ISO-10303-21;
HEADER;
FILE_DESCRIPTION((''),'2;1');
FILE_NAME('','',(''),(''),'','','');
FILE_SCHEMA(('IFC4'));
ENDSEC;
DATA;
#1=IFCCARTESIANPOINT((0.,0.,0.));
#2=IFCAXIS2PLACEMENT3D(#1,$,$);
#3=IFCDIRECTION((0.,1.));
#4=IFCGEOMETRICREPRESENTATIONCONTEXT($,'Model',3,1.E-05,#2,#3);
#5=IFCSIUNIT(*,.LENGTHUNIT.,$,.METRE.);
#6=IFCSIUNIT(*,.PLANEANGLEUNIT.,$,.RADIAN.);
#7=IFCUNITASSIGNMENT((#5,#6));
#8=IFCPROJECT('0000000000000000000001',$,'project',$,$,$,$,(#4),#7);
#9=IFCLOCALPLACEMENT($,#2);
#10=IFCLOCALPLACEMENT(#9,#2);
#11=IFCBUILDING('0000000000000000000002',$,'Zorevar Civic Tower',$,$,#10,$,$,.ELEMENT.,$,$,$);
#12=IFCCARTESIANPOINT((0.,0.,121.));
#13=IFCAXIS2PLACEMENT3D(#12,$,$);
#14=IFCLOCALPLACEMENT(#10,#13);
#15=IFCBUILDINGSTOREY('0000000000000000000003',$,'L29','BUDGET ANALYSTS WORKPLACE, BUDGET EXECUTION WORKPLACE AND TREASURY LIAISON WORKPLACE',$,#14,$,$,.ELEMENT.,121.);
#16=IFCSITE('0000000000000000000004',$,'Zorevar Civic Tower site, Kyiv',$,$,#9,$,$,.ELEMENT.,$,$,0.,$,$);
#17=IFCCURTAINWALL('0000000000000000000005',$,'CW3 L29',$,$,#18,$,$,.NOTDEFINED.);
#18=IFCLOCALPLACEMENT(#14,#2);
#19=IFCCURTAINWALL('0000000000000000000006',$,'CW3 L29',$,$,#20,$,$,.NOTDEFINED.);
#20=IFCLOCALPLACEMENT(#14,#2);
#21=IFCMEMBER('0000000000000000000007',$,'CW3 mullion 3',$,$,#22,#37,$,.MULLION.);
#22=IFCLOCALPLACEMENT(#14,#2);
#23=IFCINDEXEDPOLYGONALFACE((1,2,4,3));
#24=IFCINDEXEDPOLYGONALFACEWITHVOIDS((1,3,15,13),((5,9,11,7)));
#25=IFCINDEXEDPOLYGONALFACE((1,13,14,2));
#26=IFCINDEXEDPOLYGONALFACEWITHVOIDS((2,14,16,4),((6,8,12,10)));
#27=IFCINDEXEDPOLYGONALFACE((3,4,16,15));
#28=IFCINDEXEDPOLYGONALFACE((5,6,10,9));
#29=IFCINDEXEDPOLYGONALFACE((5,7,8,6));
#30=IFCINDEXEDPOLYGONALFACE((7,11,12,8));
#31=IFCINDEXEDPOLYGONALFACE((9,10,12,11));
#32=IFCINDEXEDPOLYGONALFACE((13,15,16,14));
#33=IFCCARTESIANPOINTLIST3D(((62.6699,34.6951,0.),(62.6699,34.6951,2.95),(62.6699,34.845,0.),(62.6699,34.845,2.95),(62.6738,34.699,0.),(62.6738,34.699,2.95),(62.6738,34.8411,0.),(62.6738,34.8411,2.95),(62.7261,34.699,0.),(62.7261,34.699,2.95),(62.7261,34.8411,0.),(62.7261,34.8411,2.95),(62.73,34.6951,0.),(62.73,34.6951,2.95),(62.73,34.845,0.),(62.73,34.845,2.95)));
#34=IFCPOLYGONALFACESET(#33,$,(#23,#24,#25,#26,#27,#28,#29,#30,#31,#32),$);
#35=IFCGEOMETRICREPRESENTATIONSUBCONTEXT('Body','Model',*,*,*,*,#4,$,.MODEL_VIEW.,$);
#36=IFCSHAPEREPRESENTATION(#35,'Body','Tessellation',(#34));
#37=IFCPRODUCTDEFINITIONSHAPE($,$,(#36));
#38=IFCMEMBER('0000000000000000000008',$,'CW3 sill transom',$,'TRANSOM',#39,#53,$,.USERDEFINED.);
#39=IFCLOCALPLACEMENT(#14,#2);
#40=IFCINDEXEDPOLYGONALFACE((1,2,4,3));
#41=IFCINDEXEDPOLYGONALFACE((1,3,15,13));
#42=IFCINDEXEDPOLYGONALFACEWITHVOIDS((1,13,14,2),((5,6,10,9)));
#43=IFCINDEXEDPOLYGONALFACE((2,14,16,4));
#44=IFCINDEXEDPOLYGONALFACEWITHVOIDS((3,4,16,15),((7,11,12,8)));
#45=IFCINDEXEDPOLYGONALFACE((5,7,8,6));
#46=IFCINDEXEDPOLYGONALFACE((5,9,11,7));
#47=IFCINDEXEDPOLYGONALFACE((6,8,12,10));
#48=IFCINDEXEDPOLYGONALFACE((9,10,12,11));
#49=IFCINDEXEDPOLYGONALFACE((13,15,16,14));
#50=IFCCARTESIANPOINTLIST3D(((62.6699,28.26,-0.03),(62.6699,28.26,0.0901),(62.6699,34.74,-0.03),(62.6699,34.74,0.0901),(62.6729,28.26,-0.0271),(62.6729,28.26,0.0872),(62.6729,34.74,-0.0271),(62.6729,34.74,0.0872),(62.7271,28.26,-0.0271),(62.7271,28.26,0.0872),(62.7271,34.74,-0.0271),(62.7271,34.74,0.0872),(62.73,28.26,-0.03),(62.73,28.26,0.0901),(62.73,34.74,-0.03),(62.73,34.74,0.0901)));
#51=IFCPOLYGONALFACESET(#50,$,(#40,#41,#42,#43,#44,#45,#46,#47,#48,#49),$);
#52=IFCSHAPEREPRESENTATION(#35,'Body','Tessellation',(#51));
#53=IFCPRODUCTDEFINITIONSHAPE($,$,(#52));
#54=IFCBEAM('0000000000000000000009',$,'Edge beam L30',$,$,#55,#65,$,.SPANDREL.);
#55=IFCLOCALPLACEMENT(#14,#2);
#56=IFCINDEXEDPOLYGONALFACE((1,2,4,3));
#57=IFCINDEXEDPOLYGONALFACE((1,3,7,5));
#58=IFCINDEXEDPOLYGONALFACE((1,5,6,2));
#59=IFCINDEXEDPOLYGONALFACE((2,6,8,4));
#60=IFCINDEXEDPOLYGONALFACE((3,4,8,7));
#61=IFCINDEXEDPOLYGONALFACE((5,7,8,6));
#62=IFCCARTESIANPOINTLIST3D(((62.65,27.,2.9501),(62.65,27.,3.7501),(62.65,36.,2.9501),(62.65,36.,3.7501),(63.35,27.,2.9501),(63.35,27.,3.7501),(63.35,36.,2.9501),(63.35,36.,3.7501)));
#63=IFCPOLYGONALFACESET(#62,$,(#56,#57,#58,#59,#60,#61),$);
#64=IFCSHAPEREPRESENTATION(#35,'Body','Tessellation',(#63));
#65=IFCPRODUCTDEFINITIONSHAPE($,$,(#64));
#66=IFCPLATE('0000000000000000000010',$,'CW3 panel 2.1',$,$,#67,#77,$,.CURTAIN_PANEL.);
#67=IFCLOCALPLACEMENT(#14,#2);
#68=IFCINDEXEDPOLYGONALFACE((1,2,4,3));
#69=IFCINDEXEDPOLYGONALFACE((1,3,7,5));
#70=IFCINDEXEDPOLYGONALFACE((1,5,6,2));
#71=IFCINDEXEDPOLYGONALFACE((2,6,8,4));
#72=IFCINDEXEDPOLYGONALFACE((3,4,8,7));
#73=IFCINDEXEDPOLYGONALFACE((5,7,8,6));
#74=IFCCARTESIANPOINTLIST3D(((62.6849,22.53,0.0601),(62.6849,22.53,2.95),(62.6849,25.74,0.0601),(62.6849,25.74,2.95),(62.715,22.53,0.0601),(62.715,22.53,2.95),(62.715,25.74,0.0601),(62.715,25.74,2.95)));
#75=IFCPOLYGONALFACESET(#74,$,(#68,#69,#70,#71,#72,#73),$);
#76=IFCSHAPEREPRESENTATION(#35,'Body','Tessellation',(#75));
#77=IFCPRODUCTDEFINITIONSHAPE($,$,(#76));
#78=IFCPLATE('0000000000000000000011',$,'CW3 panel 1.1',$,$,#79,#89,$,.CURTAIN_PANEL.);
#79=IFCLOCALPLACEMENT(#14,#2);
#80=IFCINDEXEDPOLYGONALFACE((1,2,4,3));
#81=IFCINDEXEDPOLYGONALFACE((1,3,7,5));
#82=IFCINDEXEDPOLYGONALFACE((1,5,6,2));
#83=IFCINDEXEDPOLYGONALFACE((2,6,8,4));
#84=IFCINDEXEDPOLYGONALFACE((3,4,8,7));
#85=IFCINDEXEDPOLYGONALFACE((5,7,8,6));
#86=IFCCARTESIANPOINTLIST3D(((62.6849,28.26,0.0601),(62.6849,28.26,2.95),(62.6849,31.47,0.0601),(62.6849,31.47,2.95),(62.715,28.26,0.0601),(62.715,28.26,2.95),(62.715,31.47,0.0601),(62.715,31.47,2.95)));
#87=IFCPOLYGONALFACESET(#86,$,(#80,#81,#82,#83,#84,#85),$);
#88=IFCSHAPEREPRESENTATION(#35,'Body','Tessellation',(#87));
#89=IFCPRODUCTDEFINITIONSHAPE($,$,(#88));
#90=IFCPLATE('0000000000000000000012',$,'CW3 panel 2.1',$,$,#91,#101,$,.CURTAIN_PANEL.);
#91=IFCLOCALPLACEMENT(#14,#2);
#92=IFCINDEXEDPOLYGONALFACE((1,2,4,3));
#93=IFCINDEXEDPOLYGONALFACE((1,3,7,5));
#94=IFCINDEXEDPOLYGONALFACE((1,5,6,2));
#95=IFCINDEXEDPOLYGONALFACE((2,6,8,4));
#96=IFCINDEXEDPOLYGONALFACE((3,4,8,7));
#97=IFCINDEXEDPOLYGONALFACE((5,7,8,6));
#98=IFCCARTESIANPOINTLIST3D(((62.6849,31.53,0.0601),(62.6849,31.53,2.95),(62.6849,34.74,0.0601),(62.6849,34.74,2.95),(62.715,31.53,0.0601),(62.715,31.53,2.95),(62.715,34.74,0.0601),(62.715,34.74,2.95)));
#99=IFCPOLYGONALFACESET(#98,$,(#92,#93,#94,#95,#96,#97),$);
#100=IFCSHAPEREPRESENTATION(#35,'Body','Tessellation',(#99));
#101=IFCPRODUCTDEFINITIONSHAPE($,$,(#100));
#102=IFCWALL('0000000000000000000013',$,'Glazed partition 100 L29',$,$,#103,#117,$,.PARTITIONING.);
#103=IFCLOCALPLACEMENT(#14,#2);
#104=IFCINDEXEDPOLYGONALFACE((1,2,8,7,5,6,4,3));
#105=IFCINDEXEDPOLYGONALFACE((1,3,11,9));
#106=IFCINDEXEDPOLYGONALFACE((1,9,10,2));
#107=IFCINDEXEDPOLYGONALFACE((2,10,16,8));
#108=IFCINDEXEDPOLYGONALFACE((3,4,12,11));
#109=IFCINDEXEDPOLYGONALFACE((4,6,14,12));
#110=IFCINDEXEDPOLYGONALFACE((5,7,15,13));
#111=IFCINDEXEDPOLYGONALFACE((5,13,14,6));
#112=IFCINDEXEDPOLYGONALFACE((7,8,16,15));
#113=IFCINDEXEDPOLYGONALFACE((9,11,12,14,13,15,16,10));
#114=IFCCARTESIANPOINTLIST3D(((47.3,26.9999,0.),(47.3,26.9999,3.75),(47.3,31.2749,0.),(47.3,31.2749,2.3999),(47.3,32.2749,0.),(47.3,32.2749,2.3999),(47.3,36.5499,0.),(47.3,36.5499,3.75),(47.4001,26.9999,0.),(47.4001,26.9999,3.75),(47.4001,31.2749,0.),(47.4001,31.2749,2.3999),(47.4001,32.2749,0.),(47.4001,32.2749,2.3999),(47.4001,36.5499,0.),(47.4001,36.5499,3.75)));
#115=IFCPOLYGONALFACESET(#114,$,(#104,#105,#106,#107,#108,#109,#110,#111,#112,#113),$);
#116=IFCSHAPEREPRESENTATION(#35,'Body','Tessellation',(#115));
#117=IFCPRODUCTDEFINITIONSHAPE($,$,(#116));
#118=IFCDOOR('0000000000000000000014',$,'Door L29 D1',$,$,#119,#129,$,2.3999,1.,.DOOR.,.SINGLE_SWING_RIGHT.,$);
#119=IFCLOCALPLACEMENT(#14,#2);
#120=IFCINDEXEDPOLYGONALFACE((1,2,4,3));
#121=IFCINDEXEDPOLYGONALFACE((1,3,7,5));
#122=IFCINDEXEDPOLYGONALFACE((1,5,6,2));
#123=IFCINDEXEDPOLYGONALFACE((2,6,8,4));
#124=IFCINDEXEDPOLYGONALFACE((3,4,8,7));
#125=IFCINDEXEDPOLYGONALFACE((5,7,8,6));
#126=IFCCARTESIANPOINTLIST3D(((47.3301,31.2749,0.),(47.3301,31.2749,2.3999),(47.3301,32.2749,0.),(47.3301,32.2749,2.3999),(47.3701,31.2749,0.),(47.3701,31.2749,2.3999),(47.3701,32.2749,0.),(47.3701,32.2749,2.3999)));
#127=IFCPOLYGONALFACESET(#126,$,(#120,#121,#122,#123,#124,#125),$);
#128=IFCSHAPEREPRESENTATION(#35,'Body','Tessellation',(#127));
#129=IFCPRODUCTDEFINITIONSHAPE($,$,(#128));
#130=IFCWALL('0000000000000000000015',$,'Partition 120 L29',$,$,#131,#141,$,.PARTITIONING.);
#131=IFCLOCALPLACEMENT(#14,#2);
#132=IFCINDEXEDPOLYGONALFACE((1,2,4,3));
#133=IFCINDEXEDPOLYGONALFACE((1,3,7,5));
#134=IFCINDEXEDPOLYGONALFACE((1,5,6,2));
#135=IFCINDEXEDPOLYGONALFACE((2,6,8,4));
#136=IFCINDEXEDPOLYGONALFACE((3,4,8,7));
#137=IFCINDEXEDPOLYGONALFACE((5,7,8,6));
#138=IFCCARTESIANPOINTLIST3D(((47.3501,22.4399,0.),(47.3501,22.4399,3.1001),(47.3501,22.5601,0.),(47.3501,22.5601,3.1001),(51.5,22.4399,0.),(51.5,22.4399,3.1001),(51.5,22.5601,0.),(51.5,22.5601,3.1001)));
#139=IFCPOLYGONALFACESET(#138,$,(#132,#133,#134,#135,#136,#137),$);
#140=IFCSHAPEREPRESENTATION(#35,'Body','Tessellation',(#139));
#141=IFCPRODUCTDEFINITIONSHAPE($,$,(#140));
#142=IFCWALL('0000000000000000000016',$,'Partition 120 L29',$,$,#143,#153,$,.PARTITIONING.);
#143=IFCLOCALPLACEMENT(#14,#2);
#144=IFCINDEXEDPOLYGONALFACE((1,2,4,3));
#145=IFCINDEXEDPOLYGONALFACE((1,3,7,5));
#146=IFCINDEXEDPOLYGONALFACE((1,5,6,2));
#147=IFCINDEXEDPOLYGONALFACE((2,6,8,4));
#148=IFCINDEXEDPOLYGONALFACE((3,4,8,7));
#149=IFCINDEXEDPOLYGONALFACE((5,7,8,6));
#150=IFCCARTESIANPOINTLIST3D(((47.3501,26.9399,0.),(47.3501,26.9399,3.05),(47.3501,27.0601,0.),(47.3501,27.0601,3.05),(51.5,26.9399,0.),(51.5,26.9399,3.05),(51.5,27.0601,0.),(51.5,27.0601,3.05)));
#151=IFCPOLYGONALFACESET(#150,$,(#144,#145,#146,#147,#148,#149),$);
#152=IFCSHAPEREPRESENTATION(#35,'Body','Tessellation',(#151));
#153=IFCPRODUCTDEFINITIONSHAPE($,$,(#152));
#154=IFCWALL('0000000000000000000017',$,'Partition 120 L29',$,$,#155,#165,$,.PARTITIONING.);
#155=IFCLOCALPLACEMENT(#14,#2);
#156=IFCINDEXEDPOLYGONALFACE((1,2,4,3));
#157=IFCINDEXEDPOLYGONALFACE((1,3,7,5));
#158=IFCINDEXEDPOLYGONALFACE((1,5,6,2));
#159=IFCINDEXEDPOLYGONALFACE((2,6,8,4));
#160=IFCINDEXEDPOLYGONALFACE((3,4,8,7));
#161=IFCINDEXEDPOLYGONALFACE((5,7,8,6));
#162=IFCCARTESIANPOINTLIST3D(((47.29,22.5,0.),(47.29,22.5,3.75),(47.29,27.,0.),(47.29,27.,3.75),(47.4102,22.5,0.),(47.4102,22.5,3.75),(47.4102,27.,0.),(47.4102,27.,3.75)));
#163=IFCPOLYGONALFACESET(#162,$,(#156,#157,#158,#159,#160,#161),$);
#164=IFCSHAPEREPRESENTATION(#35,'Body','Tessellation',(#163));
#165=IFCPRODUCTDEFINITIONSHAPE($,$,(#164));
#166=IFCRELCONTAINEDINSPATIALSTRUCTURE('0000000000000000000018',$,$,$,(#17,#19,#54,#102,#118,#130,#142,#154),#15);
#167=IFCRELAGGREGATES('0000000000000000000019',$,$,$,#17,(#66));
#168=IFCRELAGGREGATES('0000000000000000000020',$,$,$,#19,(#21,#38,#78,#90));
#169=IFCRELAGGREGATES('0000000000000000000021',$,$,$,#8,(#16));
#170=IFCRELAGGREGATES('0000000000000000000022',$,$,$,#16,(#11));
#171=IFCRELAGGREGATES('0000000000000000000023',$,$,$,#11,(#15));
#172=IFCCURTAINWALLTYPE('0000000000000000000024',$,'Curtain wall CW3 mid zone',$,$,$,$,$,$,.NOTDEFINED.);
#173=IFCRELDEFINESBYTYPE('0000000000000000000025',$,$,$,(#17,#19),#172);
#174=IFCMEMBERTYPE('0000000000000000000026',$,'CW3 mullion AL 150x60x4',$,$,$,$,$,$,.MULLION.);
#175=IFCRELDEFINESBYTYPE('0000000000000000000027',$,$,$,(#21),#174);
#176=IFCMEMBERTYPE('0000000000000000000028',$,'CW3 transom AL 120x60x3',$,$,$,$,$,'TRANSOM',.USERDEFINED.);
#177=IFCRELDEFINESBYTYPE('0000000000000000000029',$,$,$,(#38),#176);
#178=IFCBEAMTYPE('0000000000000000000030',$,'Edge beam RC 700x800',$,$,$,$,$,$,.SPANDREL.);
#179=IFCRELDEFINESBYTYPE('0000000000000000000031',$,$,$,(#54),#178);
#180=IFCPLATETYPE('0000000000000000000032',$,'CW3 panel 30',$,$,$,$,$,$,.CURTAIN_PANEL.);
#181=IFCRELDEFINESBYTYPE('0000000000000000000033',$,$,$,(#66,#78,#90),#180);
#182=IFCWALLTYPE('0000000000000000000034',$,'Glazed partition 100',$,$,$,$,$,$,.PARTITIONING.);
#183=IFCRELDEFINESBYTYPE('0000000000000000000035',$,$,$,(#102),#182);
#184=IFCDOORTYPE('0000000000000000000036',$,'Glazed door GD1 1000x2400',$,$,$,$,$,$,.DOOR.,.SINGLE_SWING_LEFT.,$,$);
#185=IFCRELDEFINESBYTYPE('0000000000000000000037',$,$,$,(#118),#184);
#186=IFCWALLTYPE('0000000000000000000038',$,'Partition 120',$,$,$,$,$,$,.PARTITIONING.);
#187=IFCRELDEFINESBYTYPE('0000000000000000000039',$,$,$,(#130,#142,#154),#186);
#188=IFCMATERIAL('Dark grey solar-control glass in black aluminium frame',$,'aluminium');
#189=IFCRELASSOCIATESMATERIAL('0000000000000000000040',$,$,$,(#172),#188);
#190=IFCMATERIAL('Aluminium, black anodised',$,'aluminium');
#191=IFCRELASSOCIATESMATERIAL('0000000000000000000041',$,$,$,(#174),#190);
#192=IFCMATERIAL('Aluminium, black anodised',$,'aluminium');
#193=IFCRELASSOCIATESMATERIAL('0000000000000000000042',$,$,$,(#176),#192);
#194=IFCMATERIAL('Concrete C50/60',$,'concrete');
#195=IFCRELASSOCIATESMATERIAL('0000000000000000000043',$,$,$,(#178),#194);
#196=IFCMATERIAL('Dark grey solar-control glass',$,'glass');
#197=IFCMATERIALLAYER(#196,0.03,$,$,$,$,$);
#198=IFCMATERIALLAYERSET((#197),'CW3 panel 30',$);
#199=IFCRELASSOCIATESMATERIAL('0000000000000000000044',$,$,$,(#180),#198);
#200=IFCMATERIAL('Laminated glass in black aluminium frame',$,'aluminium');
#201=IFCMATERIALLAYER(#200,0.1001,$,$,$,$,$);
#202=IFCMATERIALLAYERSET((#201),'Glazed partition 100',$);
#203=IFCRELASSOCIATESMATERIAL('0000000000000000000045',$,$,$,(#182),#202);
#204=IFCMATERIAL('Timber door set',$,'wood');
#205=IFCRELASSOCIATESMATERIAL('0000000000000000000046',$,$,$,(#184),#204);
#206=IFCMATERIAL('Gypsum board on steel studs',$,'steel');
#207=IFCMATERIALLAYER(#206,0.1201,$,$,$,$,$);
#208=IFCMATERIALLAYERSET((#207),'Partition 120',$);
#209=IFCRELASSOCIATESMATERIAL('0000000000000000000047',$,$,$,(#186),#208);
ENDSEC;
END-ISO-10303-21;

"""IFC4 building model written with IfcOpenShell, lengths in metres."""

from ifc_helpers import new_model, si_unit, direction, frame, frame_2d, origin, origin_2d, place, context, subcontext, project, spatial, rectangle, hollow_rectangle, extrude, material, layer, layer_set, material_profile, profile_set, type_object, element, fill, aggregate, save


model = new_model("IFC4")

# Units and contexts
model_context = context("Model", 3, precision=1e-05, world=origin(), true_north=direction((0.0, 1.0)))
body_context = subcontext(model_context, "Body", "Model", "MODEL_VIEW")
ifc_project = project(units=[si_unit("LENGTHUNIT", "METRE"), si_unit("PLANEANGLEUNIT", "RADIAN")], contexts=[model_context])

# Site, building, storey
site_placement = place(None, origin())
site = spatial("IfcSite", under=ifc_project, at=site_placement, Name="Zorevar Civic Tower site, Kyiv", CompositionType="ELEMENT", RefElevation=0.0)
building_placement = place(site_placement, origin())
building = spatial("IfcBuilding", under=site, at=building_placement, Name="Zorevar Civic Tower", CompositionType="ELEMENT")
storey_placement = place(building_placement, frame((0.0, 0.0, 121.0)))
storey = spatial("IfcBuildingStorey", under=building, at=storey_placement, Name="L29", Description="BUDGET ANALYSTS WORKPLACE, BUDGET EXECUTION WORKPLACE AND TREASURY LIAISON WORKPLACE", CompositionType="ELEMENT", Elevation=121.0)

# Curtain walls, members
ifc_material_1 = material(Name="Dark grey solar-control glass in black aluminium frame", Category="aluminium")
curtain_wall_type = type_object("IfcCurtainWallType", Name="Curtain wall CW3 mid zone", PredefinedType="NOTDEFINED", material=ifc_material_1)
curtain_wall_1_placement = place(storey_placement, origin())
curtain_wall_1 = element("IfcCurtainWall", 1, at=curtain_wall_1_placement, inside=storey, type_object=curtain_wall_type, Name="CW3 L29", PredefinedType="NOTDEFINED")
ifc_material_2 = material(Name="Aluminium, black anodised", Category="aluminium")
ifc_material_profile_1 = material_profile(ifc_material_2, hollow_rectangle(XDim=0.0601, YDim=0.1499, WallThickness=0.0039, at=origin_2d()), Name="AL 150x60x4")
ifc_profile_set_1 = profile_set([ifc_material_profile_1], Name="Aluminium, black anodised")
member_type_1 = type_object("IfcMemberType", Name="CW3 mullion AL 150x60x4", PredefinedType="MULLION", material=ifc_profile_set_1)
curtain_wall_2_placement = place(storey_placement, origin())
curtain_wall_2 = element("IfcCurtainWall", 2, at=curtain_wall_2_placement, inside=storey, type_object=curtain_wall_type, Name="CW3 L29", PredefinedType="NOTDEFINED")
member_1_placement = place(storey_placement, frame((62.7, 34.77, 0.0), z_axis=(0.0, 0.0, 1.0), x_axis=(-1.0, 0.0, 0.0)))
member_1 = element("IfcMember", 3, at=member_1_placement, type_object=member_type_1, Name="CW3 mullion 3", PredefinedType="MULLION", context=body_context, shape_type="SweptSolid", body=[
    extrude(hollow_rectangle(XDim=0.0601, YDim=0.1499, WallThickness=0.0039, at=origin_2d()), origin(), (0.0, 0.0, 1.0), 2.95),
])
ifc_material_3 = material(Name="Aluminium, black anodised", Category="aluminium")
ifc_material_profile_2 = material_profile(ifc_material_3, hollow_rectangle(XDim=0.0601, YDim=0.1201, WallThickness=0.0029, at=origin_2d()), Name="AL 120x60x3")
ifc_profile_set_2 = profile_set([ifc_material_profile_2], Name="Aluminium, black anodised")
member_type_2 = type_object("IfcMemberType", Name="CW3 transom AL 120x60x3", ElementType="TRANSOM", PredefinedType="USERDEFINED", material=ifc_profile_set_2)
member_2_placement = place(storey_placement, frame((62.7, 28.26, 0.03), z_axis=(0.0, 1.0, 0.0), x_axis=(-1.0, 0.0, 0.0)))
member_2 = element("IfcMember", 4, at=member_2_placement, type_object=member_type_2, Name="CW3 sill transom", ObjectType="TRANSOM", PredefinedType="USERDEFINED", context=body_context, shape_type="SweptSolid", body=[
    extrude(hollow_rectangle(XDim=0.0601, YDim=0.1201, WallThickness=0.0029, at=origin_2d()), origin(), (0.0, 0.0, 1.0), 6.48),
])

# Beam
ifc_material_4 = material(Name="Concrete C50/60", Category="concrete")
ifc_material_profile_3 = material_profile(ifc_material_4, rectangle(XDim=0.7, YDim=0.8, at=origin_2d()), Name="RC 700x800")
ifc_profile_set_3 = profile_set([ifc_material_profile_3], Name="Concrete C50/60")
beam_type_1 = type_object("IfcBeamType", Name="Edge beam RC 700x800", PredefinedType="SPANDREL", material=ifc_profile_set_3)
beam_1_placement = place(storey_placement, frame((63.0, 27.0, 3.3501), z_axis=(0.0, 1.0, 0.0), x_axis=(-1.0, 0.0, 0.0)))
element("IfcBeam", 5, at=beam_1_placement, inside=storey, type_object=beam_type_1, Name="Edge beam L30", PredefinedType="SPANDREL", context=body_context, shape_type="SweptSolid", body=[
    extrude(rectangle(XDim=0.7, YDim=0.8, at=origin_2d()), origin(), (0.0, 0.0, 1.0), 9.0),
])

# Plates
ifc_material_5 = material(Name="Dark grey solar-control glass", Category="glass")
ifc_layer_1 = layer(ifc_material_5, 0.03)
ifc_layer_set_1 = layer_set([ifc_layer_1], Name="CW3 panel 30")
plate_type = type_object("IfcPlateType", Name="CW3 panel 30", PredefinedType="CURTAIN_PANEL", material=ifc_layer_set_1)
plate_1_placement = place(storey_placement, frame((62.7, 24.135, 0.0601), z_axis=(0.0, 0.0, 1.0), x_axis=(0.0, 1.0, 0.0)))
plate_1 = element("IfcPlate", 6, at=plate_1_placement, type_object=plate_type, Name="CW3 panel 2.1", PredefinedType="CURTAIN_PANEL", context=body_context, shape_type="SweptSolid", body=[
    extrude(rectangle(XDim=3.21, YDim=0.03, at=origin_2d()), origin(), (0.0, 0.0, 1.0), 2.8899),
])
aggregate(curtain_wall_1, [plate_1])
plate_2_placement = place(storey_placement, frame((62.7, 29.865, 0.0601), z_axis=(0.0, 0.0, 1.0), x_axis=(0.0, 1.0, 0.0)))
plate_2 = element("IfcPlate", 7, at=plate_2_placement, type_object=plate_type, Name="CW3 panel 1.1", PredefinedType="CURTAIN_PANEL", context=body_context, shape_type="SweptSolid", body=[
    extrude(rectangle(XDim=3.21, YDim=0.03, at=origin_2d()), origin(), (0.0, 0.0, 1.0), 2.8899),
])
plate_3_placement = place(storey_placement, frame((62.7, 33.135, 0.0601), z_axis=(0.0, 0.0, 1.0), x_axis=(0.0, 1.0, 0.0)))
plate_3 = element("IfcPlate", 8, at=plate_3_placement, type_object=plate_type, Name="CW3 panel 2.1", PredefinedType="CURTAIN_PANEL", context=body_context, shape_type="SweptSolid", body=[
    extrude(rectangle(XDim=3.21, YDim=0.03, at=origin_2d()), origin(), (0.0, 0.0, 1.0), 2.8899),
])
aggregate(curtain_wall_2, [member_1, member_2, plate_2, plate_3])

# Wall, opening, door
ifc_material_6 = material(Name="Laminated glass in black aluminium frame", Category="aluminium")
ifc_layer_2 = layer(ifc_material_6, 0.1001)
ifc_layer_set_2 = layer_set([ifc_layer_2], Name="Glazed partition 100")
wall_type_1 = type_object("IfcWallType", Name="Glazed partition 100", PredefinedType="PARTITIONING", material=ifc_layer_set_2)
wall_1_placement = place(storey_placement, frame((47.3501, 27.0, 0.0), z_axis=(0.0, 0.0, 1.0), x_axis=(0.0, 1.0, 0.0)))
wall_1 = element("IfcWall", 9, at=wall_1_placement, inside=storey, type_object=wall_type_1, Name="Glazed partition 100 L29", PredefinedType="PARTITIONING", context=body_context, shape_type="SweptSolid", body=[
    extrude(rectangle(XDim=9.55, YDim=0.1001, at=frame_2d((4.7749, 0.0))), origin(), (0.0, 0.0, 1.0), 3.75),
])
opening_1_placement = place(wall_1_placement, frame((4.2749, 0.0, 0.0)))
opening_1 = element("IfcOpeningElement", 10, at=opening_1_placement, cuts=wall_1, PredefinedType="OPENING", context=body_context, shape_type="SweptSolid", body=[
    extrude(rectangle(XDim=1.0, YDim=2.3999, at=frame_2d((0.5, 1.2))), frame((0.0, 0.0601, 0.0), z_axis=(0.0, -1.0, 0.0), x_axis=(1.0, 0.0, 0.0)), (0.0, 0.0, 1.0), 0.1201),
])
ifc_material_7 = material(Name="Timber door set", Category="wood")
door_type_1 = type_object("IfcDoorType", Name="Glazed door GD1 1000x2400", OperationType="SINGLE_SWING_LEFT", PredefinedType="DOOR", material=ifc_material_7)
door_1_placement = place(opening_1_placement, origin())
door_1 = element("IfcDoor", 11, at=door_1_placement, inside=storey, type_object=door_type_1, Name="Door L29 D1", OperationType="SINGLE_SWING_RIGHT", OverallHeight=2.3999, OverallWidth=1.0, PredefinedType="DOOR", context=body_context, shape_type="SweptSolid", body=[
    extrude(rectangle(XDim=1.0, YDim=2.3999, at=frame_2d((0.5, 1.2))), frame((0.0, 0.02, 0.0), z_axis=(0.0, -1.0, 0.0), x_axis=(1.0, 0.0, 0.0)), (0.0, 0.0, 1.0), 0.04),
])
fill(opening_1, door_1)

# Walls
ifc_material_8 = material(Name="Gypsum board on steel studs", Category="steel")
ifc_layer_3 = layer(ifc_material_8, 0.1201)
ifc_layer_set_3 = layer_set([ifc_layer_3], Name="Partition 120")
wall_type_2 = type_object("IfcWallType", Name="Partition 120", PredefinedType="PARTITIONING", material=ifc_layer_set_3)
wall_2_placement = place(storey_placement, frame((47.3501, 22.5, 0.0), z_axis=(0.0, 0.0, 1.0), x_axis=(1.0, 0.0, 0.0)))
element("IfcWall", 12, at=wall_2_placement, inside=storey, type_object=wall_type_2, Name="Partition 120 L29", PredefinedType="PARTITIONING", context=body_context, shape_type="SweptSolid", body=[
    extrude(rectangle(XDim=4.1499, YDim=0.1201, at=frame_2d((2.075, 0.0))), origin(), (0.0, 0.0, 1.0), 3.1001),
])
wall_3_placement = place(storey_placement, frame((47.3501, 27.0, 0.0), z_axis=(0.0, 0.0, 1.0), x_axis=(1.0, 0.0, 0.0)))
element("IfcWall", 13, at=wall_3_placement, inside=storey, type_object=wall_type_2, Name="Partition 120 L29", PredefinedType="PARTITIONING", context=body_context, shape_type="SweptSolid", body=[
    extrude(rectangle(XDim=4.1499, YDim=0.1201, at=frame_2d((2.075, 0.0))), origin(), (0.0, 0.0, 1.0), 3.05),
])
wall_4_placement = place(storey_placement, frame((47.3501, 22.5, 0.0), z_axis=(0.0, 0.0, 1.0), x_axis=(0.0, 1.0, 0.0)))
element("IfcWall", 14, at=wall_4_placement, inside=storey, type_object=wall_type_2, Name="Partition 120 L29", PredefinedType="PARTITIONING", context=body_context, shape_type="SweptSolid", body=[
    extrude(rectangle(XDim=4.5, YDim=0.1201, at=frame_2d((2.25, 0.0))), origin(), (0.0, 0.0, 1.0), 3.75),
])

save(model, "model.ifc")
